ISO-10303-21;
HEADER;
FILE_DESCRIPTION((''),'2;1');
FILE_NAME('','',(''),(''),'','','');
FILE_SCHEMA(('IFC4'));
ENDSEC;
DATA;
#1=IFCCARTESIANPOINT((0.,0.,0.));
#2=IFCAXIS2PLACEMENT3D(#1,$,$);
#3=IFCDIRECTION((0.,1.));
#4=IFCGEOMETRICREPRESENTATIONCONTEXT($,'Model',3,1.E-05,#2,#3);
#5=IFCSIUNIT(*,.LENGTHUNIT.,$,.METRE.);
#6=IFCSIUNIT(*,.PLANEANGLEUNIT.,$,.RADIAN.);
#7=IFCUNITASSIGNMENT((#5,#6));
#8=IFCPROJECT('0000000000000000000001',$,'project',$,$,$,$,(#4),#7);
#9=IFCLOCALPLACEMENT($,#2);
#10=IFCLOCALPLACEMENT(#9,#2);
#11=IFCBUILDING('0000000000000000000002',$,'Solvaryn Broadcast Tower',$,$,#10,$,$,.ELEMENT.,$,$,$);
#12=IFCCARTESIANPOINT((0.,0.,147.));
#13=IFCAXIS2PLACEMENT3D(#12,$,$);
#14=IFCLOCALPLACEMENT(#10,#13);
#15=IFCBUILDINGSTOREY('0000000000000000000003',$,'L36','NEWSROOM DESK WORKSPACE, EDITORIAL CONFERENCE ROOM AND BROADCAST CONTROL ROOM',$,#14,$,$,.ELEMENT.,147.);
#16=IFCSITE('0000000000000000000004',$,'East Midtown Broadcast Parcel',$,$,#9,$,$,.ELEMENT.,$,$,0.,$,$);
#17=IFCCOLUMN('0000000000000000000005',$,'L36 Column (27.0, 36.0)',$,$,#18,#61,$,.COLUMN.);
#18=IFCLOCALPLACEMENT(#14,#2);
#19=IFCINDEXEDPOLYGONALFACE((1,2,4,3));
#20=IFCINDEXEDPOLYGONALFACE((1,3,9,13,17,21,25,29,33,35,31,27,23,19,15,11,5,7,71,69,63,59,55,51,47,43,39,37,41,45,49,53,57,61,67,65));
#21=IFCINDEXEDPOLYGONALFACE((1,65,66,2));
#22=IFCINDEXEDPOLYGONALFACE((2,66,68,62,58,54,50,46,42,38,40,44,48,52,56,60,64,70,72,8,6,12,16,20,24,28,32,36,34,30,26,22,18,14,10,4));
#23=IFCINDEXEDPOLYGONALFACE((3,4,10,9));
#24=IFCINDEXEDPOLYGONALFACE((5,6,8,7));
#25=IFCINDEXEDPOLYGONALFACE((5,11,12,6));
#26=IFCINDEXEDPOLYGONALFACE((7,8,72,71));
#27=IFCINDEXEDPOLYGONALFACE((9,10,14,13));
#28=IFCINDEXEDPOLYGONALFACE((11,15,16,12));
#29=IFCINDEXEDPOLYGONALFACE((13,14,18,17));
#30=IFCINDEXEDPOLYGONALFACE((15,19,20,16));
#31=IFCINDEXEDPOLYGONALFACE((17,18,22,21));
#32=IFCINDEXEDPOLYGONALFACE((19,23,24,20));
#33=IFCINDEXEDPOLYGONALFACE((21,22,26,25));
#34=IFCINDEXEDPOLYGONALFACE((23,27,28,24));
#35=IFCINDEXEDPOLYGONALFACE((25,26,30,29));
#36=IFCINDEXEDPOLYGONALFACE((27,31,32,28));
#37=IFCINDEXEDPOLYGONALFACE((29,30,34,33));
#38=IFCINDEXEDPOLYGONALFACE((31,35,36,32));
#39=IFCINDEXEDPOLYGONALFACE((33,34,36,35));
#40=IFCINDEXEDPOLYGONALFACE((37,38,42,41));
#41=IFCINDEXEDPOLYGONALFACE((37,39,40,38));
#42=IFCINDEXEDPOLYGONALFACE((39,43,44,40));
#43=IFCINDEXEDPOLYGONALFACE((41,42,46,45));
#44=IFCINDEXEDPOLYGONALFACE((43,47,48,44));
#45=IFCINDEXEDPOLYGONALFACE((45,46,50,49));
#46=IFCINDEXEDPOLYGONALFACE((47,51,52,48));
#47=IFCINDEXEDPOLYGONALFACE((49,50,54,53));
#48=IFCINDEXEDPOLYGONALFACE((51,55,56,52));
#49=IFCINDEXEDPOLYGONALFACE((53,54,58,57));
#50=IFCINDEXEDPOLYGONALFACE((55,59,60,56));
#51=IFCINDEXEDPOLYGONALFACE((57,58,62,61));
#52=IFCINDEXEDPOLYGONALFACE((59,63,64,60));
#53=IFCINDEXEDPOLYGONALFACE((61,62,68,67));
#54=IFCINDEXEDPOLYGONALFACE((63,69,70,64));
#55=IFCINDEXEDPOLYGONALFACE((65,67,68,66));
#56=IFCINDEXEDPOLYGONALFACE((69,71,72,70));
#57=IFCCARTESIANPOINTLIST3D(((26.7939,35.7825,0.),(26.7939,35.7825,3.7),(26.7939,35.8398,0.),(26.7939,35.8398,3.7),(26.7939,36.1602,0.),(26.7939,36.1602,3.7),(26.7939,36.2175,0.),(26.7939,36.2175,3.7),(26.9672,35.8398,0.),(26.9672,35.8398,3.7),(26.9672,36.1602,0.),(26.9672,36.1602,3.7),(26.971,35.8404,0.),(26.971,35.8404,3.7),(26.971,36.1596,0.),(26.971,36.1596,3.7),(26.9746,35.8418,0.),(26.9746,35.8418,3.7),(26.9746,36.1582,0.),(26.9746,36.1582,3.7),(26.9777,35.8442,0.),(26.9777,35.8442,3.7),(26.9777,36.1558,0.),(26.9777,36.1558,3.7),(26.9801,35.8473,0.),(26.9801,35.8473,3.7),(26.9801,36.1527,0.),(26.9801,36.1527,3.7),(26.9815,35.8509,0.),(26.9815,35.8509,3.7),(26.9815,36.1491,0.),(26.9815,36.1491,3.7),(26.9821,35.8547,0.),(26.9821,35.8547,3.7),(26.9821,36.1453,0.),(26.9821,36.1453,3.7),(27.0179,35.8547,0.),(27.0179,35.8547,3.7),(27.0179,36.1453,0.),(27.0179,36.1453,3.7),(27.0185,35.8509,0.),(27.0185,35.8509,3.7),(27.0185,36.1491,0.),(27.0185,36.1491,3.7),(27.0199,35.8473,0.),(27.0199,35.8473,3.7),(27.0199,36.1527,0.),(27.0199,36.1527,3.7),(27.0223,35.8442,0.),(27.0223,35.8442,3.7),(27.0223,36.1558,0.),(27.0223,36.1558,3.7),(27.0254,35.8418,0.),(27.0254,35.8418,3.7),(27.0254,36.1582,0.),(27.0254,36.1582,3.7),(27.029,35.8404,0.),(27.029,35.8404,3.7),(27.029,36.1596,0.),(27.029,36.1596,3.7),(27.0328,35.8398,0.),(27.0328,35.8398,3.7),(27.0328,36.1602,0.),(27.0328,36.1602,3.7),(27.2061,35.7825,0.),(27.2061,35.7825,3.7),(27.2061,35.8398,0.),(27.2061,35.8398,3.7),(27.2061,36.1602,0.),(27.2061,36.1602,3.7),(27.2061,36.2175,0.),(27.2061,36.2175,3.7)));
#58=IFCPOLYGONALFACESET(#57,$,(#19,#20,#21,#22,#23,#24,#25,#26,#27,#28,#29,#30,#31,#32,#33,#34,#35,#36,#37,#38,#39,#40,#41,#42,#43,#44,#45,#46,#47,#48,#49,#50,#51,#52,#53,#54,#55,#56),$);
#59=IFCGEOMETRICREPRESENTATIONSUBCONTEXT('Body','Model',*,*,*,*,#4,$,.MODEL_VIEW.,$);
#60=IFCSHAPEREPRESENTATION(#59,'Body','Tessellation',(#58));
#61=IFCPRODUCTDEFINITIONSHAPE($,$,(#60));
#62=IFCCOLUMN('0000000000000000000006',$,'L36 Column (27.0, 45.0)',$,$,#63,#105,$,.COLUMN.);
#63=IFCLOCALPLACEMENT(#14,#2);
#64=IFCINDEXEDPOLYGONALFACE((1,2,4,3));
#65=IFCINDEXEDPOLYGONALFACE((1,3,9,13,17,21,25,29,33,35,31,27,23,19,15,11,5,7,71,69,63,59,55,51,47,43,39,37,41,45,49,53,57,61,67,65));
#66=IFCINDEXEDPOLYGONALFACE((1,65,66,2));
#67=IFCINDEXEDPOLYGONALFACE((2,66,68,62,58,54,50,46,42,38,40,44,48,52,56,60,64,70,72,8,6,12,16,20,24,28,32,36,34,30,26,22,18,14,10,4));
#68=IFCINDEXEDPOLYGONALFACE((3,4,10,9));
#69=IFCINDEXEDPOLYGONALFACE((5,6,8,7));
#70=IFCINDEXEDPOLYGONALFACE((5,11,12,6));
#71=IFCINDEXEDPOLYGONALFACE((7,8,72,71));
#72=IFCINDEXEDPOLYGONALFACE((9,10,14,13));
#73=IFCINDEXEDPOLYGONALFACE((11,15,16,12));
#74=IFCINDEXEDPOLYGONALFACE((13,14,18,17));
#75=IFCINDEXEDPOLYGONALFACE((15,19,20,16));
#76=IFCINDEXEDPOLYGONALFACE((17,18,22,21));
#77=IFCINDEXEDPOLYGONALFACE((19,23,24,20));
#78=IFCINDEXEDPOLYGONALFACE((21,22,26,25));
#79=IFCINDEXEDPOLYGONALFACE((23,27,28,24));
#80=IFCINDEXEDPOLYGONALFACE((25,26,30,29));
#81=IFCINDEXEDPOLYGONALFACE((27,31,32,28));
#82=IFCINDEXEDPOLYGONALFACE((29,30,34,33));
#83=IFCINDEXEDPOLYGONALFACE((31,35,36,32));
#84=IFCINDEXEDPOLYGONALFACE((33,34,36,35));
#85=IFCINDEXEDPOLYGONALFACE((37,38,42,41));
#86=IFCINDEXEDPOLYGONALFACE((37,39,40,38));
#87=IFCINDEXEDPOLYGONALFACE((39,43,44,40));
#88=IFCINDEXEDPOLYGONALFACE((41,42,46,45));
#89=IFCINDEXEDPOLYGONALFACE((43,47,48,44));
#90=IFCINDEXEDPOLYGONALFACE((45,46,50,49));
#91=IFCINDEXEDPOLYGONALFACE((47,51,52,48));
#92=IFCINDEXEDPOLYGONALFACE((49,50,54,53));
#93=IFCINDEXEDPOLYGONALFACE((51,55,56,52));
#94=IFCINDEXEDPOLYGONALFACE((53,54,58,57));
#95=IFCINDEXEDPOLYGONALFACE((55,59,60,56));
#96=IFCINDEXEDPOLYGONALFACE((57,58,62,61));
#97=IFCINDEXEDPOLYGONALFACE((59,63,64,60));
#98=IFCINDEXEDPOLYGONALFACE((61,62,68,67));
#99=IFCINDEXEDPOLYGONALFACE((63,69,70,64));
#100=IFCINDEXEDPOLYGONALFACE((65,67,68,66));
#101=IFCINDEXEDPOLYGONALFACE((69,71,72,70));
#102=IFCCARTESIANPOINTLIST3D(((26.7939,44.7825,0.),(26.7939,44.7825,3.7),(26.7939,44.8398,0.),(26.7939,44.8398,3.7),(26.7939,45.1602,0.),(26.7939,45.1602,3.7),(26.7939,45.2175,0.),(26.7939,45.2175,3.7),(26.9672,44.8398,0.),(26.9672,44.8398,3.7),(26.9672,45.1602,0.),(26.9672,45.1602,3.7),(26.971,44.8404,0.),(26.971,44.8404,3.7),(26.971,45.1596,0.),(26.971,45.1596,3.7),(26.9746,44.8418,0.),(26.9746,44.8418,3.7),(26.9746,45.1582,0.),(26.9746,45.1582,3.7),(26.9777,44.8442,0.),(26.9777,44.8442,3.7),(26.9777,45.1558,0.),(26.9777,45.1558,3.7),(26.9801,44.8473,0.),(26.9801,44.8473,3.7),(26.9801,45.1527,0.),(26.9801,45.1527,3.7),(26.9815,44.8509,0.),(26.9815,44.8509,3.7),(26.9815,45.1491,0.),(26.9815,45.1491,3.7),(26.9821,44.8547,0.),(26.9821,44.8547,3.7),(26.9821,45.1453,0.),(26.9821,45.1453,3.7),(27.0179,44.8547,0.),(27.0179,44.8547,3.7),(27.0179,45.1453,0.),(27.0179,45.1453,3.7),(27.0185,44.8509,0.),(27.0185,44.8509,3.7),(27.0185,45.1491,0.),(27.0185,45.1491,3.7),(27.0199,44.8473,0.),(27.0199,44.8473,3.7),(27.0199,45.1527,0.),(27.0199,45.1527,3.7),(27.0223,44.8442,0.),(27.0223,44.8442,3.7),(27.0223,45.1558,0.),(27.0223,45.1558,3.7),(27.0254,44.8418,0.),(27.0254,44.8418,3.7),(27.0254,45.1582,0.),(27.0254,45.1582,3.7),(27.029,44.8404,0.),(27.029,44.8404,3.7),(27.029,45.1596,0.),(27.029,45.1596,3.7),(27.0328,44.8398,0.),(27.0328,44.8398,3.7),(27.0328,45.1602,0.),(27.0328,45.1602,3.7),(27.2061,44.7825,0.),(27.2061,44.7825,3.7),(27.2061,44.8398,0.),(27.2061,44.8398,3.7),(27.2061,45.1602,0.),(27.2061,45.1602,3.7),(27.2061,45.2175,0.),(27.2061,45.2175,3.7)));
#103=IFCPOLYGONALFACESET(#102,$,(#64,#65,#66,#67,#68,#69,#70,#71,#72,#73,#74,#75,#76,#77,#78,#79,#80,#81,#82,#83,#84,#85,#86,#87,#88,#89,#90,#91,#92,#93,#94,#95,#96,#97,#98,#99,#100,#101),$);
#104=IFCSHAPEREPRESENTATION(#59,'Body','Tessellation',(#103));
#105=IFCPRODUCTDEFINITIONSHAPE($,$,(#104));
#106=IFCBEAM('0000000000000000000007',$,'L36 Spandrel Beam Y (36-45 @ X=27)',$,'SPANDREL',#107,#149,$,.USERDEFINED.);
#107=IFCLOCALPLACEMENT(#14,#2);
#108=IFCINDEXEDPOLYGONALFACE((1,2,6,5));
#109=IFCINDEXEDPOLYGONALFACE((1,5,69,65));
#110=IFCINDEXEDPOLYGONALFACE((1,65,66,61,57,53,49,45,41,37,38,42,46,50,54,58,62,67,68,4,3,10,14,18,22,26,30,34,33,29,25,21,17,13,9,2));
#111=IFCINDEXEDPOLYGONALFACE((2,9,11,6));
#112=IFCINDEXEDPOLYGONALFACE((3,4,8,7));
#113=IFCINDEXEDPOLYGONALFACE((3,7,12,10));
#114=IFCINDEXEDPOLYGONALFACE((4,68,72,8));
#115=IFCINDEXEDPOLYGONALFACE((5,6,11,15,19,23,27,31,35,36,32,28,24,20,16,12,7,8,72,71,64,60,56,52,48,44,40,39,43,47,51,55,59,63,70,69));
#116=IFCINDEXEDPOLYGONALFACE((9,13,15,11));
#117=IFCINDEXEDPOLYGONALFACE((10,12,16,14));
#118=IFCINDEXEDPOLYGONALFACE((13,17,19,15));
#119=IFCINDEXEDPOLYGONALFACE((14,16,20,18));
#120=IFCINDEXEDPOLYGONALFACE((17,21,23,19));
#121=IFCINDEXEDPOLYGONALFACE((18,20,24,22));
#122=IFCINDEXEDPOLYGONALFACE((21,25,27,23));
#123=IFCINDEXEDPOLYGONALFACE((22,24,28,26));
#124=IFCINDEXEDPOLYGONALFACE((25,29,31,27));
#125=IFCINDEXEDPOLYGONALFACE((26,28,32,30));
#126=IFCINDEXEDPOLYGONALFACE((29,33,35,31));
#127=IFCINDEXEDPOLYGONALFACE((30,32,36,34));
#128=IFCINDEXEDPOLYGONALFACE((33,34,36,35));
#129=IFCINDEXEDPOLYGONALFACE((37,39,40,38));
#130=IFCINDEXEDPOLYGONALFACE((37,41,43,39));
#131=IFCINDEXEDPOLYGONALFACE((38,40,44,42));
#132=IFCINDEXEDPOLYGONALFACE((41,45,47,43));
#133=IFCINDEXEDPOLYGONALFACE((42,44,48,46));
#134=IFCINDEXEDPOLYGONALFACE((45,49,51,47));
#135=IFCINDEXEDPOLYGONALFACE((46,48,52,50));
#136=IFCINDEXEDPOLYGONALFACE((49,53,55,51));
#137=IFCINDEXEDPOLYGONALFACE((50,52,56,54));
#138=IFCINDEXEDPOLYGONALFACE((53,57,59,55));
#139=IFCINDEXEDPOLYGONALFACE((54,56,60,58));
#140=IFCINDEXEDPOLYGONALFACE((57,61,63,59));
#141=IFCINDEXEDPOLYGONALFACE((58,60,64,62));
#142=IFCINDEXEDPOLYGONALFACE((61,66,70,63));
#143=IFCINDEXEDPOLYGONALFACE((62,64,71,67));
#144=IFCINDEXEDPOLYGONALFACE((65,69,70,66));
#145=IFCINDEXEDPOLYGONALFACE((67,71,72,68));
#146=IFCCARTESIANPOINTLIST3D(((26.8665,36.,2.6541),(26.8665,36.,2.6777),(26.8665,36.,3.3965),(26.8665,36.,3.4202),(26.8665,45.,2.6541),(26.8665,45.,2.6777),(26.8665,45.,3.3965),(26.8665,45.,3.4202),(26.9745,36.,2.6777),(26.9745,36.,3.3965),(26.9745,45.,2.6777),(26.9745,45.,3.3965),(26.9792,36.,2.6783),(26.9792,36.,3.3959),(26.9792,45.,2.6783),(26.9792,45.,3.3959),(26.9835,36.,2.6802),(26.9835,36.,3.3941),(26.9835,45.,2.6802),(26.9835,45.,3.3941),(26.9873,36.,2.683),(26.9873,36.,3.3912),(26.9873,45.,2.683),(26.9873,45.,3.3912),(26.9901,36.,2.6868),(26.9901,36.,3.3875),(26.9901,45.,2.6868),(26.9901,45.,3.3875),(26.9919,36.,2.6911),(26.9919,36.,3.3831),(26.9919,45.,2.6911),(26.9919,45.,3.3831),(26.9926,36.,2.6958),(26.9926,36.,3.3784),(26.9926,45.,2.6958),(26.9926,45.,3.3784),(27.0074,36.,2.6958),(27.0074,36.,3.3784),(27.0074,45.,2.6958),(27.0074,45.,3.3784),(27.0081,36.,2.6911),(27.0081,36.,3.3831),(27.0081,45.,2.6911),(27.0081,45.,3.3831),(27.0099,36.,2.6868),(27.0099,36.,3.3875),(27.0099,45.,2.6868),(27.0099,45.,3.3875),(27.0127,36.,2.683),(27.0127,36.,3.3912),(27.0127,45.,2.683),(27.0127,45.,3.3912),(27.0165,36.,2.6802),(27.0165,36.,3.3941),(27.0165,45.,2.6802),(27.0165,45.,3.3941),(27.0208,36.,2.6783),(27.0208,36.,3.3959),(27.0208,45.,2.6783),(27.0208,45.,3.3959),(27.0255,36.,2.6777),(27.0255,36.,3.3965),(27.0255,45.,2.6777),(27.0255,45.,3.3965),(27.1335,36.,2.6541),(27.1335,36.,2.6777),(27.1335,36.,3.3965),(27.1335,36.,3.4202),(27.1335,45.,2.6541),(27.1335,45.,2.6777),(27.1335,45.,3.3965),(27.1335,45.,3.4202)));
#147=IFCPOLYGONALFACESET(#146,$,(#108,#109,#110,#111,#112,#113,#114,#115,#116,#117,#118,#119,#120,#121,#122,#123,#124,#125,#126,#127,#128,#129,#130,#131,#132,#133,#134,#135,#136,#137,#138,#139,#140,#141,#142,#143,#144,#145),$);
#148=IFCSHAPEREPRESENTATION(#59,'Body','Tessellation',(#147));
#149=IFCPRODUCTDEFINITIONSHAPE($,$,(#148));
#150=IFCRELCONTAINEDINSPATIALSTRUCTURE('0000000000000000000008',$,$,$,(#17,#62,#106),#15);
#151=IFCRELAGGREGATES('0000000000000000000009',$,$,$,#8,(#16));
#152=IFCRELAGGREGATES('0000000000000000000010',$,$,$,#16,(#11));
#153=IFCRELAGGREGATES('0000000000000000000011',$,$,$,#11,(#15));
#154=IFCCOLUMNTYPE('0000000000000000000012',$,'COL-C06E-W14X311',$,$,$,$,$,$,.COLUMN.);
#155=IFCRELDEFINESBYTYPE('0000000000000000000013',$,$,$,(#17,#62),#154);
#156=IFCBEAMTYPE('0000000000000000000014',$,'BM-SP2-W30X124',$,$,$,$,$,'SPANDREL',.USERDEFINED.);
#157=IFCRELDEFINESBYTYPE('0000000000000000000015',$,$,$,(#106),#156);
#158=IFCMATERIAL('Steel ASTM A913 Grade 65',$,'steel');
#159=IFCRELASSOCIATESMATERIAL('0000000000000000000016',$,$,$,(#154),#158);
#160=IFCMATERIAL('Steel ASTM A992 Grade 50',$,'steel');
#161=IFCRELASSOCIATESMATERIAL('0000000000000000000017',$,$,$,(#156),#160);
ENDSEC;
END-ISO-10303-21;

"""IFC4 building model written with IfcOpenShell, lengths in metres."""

from ifc_helpers import new_model, si_unit, direction, frame, origin, origin_2d, place, context, subcontext, project, spatial, i_section, extrude, material, material_profile, profile_set, type_object, element, save


model = new_model("IFC4")

# Units and contexts
model_context = context("Model", 3, precision=1e-05, world=origin(), true_north=direction((0.0, 1.0)))
body_context = subcontext(model_context, "Body", "Model", "MODEL_VIEW")
ifc_project = project(units=[si_unit("LENGTHUNIT", "METRE"), si_unit("PLANEANGLEUNIT", "RADIAN")], contexts=[model_context])

# Site, building, storey
site_placement = place(None, origin())
site = spatial("IfcSite", under=ifc_project, at=site_placement, Name="East Midtown Broadcast Parcel", CompositionType="ELEMENT", RefElevation=0.0)
building_placement = place(site_placement, origin())
building = spatial("IfcBuilding", under=site, at=building_placement, Name="Solvaryn Broadcast Tower", CompositionType="ELEMENT")
storey_placement = place(building_placement, frame((0.0, 0.0, 147.0)))
storey = spatial("IfcBuildingStorey", under=building, at=storey_placement, Name="L36", Description="NEWSROOM DESK WORKSPACE, EDITORIAL CONFERENCE ROOM AND BROADCAST CONTROL ROOM", CompositionType="ELEMENT", Elevation=147.0)

# Columns
ifc_material_1 = material(Name="Steel ASTM A913 Grade 65", Category="steel")
ifc_material_profile_1 = material_profile(ifc_material_1, i_section(OverallWidth=0.4121, OverallDepth=0.4351, WebThickness=0.0359, FlangeThickness=0.0574, FilletRadius=0.0149, at=origin_2d()))
ifc_profile_set_1 = profile_set([ifc_material_profile_1], Name="Steel ASTM A913 Grade 65")
column_type = type_object("IfcColumnType", Name="COL-C06E-W14X311", PredefinedType="COLUMN", material=ifc_profile_set_1)
for number, where, z_axis, x_axis, name in (
    (1, (27.0, 36.0, 0.0), (0.0, 0.0, 1.0), (1.0, 0.0, 0.0), "L36 Column (27.0, 36.0)"),
    (2, (27.0, 45.0, 0.0), (0.0, 0.0, 1.0), (1.0, 0.0, 0.0), "L36 Column (27.0, 45.0)"),
):
    element("IfcColumn", number, at=place(storey_placement, frame(where, z_axis=z_axis, x_axis=x_axis)), inside=storey, type_object=column_type, Name=name, PredefinedType="COLUMN", context=body_context, shape_type="SweptSolid", body=[
        extrude(i_section(OverallWidth=0.4121, OverallDepth=0.4351, WebThickness=0.0359, FlangeThickness=0.0574, FilletRadius=0.0149, at=origin_2d()), origin(), (0.0, 0.0, 1.0), 3.7),
    ])

# Beam
ifc_material_2 = material(Name="Steel ASTM A992 Grade 50", Category="steel")
ifc_material_profile_2 = material_profile(ifc_material_2, i_section(OverallWidth=0.2671, OverallDepth=0.7661, WebThickness=0.0149, FlangeThickness=0.0237, FilletRadius=0.0181, at=origin_2d()))
ifc_profile_set_2 = profile_set([ifc_material_profile_2], Name="Steel ASTM A992 Grade 50")
beam_type = type_object("IfcBeamType", Name="BM-SP2-W30X124", ElementType="SPANDREL", PredefinedType="USERDEFINED", material=ifc_profile_set_2)
beam_placement = place(storey_placement, frame((27.0, 36.0, 3.0371), z_axis=(0.0, 1.0, 0.0), x_axis=(-1.0, 0.0, 0.0)))
element("IfcBeam", 3, at=beam_placement, inside=storey, type_object=beam_type, Name="L36 Spandrel Beam Y (36-45 @ X=27)", ObjectType="SPANDREL", PredefinedType="USERDEFINED", context=body_context, shape_type="SweptSolid", body=[
    extrude(i_section(OverallWidth=0.2671, OverallDepth=0.7661, WebThickness=0.0149, FlangeThickness=0.0237, FilletRadius=0.0181, at=origin_2d()), origin(), (0.0, 0.0, 1.0), 9.0),
])

save(model, "model.ifc")
